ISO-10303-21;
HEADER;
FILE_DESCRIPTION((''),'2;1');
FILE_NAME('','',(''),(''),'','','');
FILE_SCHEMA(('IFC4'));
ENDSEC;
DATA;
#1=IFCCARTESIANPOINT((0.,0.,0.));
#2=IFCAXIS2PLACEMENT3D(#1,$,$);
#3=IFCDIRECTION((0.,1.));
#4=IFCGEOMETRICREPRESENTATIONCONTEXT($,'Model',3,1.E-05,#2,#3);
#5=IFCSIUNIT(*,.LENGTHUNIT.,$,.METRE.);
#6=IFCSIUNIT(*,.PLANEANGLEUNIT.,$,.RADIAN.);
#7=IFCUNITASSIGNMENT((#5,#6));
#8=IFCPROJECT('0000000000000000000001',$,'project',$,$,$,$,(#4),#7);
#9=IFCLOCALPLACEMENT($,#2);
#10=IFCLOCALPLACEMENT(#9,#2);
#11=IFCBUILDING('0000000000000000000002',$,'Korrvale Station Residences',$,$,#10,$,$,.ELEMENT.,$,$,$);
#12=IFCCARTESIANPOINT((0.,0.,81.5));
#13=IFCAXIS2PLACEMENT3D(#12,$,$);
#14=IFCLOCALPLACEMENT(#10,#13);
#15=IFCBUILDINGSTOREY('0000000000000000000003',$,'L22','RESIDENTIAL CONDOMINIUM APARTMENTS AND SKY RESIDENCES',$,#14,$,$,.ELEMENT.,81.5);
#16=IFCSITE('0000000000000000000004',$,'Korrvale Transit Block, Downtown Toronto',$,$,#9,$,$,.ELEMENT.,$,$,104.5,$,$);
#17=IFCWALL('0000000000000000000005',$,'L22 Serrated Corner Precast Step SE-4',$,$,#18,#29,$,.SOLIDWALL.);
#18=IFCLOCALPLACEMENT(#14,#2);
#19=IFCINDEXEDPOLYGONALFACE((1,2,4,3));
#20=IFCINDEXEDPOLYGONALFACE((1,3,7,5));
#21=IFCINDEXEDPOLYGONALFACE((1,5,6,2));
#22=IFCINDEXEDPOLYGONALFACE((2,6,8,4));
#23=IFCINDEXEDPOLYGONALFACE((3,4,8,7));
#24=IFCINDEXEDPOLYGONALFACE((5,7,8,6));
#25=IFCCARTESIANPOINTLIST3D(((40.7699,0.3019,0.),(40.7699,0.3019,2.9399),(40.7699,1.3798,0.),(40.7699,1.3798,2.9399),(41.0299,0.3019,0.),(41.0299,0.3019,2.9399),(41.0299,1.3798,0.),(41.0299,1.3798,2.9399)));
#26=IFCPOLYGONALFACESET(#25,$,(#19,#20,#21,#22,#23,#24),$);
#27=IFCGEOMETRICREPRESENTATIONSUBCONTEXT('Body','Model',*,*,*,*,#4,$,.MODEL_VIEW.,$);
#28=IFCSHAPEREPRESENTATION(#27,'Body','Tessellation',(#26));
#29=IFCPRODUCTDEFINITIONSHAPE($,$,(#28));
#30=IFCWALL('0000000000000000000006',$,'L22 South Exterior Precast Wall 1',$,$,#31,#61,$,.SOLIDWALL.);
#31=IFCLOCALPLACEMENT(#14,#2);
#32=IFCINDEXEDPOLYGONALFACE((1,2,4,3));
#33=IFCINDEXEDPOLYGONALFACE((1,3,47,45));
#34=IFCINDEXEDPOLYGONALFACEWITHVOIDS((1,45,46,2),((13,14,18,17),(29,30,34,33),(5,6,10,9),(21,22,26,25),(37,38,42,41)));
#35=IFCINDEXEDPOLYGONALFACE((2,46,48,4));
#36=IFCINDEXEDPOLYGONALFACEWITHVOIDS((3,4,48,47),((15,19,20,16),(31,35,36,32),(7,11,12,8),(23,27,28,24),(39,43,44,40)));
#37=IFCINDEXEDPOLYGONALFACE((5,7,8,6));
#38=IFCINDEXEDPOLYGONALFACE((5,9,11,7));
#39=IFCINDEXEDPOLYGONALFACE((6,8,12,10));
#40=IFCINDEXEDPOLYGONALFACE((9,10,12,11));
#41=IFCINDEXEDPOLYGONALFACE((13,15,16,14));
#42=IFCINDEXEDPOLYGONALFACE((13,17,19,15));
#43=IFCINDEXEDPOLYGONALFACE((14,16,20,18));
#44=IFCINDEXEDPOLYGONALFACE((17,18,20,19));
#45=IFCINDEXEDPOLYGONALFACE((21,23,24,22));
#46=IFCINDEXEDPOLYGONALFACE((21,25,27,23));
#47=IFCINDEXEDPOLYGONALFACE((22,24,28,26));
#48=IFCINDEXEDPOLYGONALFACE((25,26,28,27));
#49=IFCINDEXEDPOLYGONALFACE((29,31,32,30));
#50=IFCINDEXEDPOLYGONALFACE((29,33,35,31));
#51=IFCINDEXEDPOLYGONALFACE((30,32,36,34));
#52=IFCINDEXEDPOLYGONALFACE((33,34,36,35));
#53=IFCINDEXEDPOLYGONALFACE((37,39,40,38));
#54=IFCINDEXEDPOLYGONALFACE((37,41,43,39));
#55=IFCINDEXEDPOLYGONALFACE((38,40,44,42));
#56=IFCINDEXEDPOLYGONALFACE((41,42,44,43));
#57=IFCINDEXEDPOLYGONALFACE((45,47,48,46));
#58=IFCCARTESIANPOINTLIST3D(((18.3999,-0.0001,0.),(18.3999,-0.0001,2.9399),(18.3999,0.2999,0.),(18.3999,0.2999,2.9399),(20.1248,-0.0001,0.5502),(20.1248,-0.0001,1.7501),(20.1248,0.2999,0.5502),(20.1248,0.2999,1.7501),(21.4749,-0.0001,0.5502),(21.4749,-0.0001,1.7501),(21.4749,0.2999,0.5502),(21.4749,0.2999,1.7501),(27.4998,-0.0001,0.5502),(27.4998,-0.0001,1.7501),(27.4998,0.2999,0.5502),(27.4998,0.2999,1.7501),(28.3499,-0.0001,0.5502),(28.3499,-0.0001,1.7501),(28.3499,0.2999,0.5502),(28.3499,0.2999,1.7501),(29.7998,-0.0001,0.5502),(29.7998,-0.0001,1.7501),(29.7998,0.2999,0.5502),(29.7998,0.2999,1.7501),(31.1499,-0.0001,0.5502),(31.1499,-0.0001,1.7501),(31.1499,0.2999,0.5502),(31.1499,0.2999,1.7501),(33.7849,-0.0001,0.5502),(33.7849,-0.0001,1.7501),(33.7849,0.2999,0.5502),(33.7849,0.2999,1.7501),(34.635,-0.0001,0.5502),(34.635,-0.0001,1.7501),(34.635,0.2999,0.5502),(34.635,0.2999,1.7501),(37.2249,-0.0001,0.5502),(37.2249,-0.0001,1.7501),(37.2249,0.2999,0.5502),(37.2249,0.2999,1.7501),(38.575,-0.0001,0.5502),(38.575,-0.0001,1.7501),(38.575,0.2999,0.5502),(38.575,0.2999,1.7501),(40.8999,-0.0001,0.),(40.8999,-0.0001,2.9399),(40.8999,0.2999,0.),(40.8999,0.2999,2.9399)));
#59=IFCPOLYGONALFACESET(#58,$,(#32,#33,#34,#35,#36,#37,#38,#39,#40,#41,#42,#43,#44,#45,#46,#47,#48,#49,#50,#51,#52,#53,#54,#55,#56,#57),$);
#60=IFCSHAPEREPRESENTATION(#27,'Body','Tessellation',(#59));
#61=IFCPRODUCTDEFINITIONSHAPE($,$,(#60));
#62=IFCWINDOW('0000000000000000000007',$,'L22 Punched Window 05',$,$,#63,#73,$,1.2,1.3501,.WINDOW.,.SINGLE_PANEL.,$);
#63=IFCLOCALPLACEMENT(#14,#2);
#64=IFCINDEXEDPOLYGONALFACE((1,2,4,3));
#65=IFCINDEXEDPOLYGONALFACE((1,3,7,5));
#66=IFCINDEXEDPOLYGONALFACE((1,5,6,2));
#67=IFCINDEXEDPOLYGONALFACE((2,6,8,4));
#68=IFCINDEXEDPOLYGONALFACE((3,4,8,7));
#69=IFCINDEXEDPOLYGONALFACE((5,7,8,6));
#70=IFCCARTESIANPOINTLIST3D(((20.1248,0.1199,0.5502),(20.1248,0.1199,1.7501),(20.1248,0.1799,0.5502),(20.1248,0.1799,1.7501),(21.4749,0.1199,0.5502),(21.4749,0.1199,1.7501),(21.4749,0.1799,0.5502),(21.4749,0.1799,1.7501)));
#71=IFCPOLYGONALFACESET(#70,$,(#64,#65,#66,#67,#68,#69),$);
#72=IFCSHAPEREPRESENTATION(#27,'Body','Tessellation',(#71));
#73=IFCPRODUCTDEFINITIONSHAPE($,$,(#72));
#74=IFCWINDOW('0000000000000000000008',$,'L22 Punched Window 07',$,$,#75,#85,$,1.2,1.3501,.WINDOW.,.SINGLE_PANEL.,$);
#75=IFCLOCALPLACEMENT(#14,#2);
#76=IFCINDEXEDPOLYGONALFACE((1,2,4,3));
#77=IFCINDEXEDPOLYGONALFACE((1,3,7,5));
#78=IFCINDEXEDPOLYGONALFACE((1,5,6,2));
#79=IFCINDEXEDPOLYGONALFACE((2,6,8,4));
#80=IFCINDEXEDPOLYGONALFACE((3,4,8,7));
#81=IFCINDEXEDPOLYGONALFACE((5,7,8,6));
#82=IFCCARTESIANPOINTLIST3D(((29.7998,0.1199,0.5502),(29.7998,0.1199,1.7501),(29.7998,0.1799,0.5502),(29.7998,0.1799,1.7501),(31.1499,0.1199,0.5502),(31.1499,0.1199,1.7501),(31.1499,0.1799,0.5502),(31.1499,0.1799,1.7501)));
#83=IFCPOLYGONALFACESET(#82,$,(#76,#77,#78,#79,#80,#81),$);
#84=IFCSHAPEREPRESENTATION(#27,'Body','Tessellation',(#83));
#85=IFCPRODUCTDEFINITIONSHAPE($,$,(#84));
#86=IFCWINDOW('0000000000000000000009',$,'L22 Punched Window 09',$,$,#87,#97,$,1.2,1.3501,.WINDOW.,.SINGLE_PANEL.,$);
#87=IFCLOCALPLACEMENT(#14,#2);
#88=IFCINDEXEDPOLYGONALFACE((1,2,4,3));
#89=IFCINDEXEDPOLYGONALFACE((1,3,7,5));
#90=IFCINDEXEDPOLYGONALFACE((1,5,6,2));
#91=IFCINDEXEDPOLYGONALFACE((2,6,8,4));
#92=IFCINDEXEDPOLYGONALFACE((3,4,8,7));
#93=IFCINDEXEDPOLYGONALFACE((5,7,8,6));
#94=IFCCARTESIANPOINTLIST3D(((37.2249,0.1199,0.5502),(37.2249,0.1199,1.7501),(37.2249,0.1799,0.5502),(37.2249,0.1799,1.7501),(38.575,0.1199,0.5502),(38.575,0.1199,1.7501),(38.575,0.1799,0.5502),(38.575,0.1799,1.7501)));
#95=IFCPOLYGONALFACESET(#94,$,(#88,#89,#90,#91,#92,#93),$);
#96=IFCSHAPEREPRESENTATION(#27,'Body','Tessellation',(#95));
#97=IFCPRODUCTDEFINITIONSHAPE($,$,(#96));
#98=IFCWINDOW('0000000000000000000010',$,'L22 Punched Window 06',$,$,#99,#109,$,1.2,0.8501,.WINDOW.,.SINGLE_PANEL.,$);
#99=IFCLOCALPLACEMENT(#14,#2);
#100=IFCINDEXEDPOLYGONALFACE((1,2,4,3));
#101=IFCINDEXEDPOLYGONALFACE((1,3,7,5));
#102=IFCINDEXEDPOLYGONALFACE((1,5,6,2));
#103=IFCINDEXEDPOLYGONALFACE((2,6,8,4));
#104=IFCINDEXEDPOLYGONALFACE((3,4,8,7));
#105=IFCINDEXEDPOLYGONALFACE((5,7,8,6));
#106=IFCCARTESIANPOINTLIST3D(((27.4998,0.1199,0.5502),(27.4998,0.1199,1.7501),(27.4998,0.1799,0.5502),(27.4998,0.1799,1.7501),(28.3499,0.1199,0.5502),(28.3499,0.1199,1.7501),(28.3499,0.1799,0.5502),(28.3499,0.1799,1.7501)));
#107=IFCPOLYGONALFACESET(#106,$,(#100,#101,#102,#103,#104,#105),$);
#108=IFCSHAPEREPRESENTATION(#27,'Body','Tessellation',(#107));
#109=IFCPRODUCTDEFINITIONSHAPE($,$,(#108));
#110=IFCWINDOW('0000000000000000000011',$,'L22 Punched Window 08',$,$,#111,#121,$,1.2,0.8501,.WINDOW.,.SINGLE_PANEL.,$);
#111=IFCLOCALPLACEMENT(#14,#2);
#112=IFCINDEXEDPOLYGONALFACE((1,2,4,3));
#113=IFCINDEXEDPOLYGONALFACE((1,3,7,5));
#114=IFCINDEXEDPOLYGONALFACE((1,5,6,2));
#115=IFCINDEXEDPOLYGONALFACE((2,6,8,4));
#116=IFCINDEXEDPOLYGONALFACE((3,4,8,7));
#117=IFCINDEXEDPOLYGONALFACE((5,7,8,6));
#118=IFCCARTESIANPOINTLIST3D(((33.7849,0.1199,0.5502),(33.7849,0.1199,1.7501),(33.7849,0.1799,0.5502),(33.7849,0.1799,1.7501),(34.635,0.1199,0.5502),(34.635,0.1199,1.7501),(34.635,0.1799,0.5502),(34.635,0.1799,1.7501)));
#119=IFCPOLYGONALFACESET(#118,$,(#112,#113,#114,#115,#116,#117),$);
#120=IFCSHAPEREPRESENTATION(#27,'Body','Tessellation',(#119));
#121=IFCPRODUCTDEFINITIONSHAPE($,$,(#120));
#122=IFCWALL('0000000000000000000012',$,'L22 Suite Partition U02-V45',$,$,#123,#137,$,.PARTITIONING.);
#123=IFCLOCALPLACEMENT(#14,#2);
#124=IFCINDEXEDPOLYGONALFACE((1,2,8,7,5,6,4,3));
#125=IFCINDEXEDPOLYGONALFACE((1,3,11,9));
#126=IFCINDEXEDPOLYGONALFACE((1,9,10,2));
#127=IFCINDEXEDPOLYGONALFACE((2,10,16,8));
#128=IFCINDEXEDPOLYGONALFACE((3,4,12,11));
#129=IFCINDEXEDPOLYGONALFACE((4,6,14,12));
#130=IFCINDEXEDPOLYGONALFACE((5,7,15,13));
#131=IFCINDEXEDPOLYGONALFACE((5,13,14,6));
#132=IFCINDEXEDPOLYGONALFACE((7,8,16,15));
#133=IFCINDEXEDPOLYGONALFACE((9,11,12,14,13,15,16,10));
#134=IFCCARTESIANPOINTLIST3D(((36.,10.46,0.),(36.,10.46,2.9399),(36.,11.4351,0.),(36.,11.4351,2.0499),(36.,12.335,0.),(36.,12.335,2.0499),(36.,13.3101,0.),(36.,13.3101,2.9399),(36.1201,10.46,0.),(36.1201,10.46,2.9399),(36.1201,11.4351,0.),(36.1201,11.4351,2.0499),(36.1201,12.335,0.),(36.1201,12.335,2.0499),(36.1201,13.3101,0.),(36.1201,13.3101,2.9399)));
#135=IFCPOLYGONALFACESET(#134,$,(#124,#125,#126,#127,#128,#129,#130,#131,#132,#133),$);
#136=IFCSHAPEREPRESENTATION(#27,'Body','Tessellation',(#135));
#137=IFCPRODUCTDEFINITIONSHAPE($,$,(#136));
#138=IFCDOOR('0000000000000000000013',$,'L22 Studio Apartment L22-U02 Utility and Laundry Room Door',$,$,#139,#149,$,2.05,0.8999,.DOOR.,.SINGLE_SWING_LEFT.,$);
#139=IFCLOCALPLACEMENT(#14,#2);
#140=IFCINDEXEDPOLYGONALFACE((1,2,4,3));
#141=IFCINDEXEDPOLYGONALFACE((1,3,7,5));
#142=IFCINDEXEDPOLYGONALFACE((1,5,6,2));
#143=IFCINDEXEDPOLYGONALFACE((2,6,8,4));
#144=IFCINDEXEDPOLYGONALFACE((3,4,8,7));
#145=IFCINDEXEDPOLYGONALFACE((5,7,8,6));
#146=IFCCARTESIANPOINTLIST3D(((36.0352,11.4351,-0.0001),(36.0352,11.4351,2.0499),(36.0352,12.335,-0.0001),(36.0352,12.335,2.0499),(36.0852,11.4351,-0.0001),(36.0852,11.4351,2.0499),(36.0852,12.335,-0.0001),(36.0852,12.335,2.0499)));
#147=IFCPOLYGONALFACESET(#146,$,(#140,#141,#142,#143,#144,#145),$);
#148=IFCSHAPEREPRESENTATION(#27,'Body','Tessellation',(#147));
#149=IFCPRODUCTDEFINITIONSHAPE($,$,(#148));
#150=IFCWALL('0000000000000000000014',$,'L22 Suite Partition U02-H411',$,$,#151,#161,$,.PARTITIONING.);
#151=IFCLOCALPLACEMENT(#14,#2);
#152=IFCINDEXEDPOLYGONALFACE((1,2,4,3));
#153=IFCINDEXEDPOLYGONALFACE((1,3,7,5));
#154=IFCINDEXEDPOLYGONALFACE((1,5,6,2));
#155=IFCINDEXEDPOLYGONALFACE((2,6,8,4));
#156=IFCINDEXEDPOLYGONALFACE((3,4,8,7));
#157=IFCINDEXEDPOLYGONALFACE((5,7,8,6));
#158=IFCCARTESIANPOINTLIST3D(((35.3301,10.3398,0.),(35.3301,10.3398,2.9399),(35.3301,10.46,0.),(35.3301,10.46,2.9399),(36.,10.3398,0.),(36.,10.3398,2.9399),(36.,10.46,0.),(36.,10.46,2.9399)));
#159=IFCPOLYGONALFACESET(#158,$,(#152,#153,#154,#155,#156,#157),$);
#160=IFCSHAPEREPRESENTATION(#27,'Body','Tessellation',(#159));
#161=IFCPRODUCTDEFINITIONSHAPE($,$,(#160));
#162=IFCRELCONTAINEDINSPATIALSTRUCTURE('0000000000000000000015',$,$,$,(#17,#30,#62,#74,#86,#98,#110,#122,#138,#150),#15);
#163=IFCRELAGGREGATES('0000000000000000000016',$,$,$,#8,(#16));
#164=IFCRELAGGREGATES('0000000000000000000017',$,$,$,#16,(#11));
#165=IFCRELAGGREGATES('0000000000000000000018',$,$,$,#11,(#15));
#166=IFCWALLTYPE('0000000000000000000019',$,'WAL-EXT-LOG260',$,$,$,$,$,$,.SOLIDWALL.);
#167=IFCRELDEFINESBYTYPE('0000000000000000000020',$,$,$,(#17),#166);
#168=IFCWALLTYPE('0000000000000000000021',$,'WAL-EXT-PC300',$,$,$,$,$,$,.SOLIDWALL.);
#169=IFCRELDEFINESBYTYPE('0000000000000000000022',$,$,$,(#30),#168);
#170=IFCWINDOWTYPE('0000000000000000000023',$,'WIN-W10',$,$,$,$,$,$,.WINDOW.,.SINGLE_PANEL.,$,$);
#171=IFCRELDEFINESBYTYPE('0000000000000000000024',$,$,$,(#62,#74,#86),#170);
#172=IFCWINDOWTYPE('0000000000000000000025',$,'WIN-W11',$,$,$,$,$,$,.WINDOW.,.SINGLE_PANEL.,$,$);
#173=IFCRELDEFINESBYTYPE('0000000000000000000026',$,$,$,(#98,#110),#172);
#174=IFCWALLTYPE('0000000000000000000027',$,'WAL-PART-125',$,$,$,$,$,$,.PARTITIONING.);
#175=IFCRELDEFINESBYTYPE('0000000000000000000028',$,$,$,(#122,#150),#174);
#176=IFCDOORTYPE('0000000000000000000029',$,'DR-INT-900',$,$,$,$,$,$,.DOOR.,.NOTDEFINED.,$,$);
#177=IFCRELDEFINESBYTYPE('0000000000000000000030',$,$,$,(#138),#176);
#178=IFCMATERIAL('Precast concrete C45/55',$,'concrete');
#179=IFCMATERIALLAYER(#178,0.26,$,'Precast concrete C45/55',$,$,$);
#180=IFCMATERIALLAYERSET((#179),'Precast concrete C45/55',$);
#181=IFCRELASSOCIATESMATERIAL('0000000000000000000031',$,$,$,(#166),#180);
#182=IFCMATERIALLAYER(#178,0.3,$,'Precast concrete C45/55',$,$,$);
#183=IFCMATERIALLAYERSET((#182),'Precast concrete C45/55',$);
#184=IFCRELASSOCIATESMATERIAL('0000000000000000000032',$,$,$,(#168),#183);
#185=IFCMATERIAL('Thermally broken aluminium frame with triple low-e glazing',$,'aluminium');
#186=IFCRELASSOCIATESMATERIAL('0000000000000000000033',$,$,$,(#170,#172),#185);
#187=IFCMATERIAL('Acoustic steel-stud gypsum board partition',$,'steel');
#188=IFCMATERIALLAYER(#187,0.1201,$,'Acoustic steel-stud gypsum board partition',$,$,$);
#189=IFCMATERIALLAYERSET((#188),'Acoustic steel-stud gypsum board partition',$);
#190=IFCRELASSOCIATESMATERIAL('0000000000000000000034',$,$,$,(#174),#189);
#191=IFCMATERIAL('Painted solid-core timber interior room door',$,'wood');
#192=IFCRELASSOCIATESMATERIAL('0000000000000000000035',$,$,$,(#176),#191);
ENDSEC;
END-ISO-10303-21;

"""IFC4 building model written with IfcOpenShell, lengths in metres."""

from ifc_helpers import new_model, si_unit, direction, frame, frame_2d, origin, place, context, subcontext, project, spatial, rectangle, extrude, material, layer, layer_set, type_object, element, fill, save


model = new_model("IFC4")

# Units and contexts
model_context = context("Model", 3, precision=1e-05, world=origin(), true_north=direction((0.0, 1.0)))
body_context = subcontext(model_context, "Body", "Model", "MODEL_VIEW")
ifc_project = project(units=[si_unit("LENGTHUNIT", "METRE"), si_unit("PLANEANGLEUNIT", "RADIAN")], contexts=[model_context])

# Site, building, storey
site_placement = place(None, origin())
site = spatial("IfcSite", under=ifc_project, at=site_placement, Name="Korrvale Transit Block, Downtown Toronto", CompositionType="ELEMENT", RefElevation=104.5)
building_placement = place(site_placement, origin())
building = spatial("IfcBuilding", under=site, at=building_placement, Name="Korrvale Station Residences", CompositionType="ELEMENT")
storey_placement = place(building_placement, frame((0.0, 0.0, 81.5)))
storey = spatial("IfcBuildingStorey", under=building, at=storey_placement, Name="L22", Description="RESIDENTIAL CONDOMINIUM APARTMENTS AND SKY RESIDENCES", CompositionType="ELEMENT", Elevation=81.5)

# Wall
ifc_material_1 = material(Name="Precast concrete C45/55", Category="concrete")
ifc_layer_1 = layer(ifc_material_1, 0.26, Name="Precast concrete C45/55")
ifc_layer_set_1 = layer_set([ifc_layer_1], Name="Precast concrete C45/55")
wall_type_1 = type_object("IfcWallType", Name="WAL-EXT-LOG260", PredefinedType="SOLIDWALL", material=ifc_layer_set_1)
wall_1_placement = place(storey_placement, frame((40.8999, 1.3799, 0.0), z_axis=(0.0, 0.0, 1.0), x_axis=(0.0, -1.0, 0.0)))
element("IfcWall", 1, at=wall_1_placement, inside=storey, type_object=wall_type_1, Name="L22 Serrated Corner Precast Step SE-4", PredefinedType="SOLIDWALL", context=body_context, shape_type="SweptSolid", body=[
    extrude(rectangle(XDim=1.0779, YDim=0.26, at=frame_2d((0.5391, 0.0))), origin(), (0.0, 0.0, 1.0), 2.9399),
])

# Wall, openings, windows
ifc_layer_2 = layer(ifc_material_1, 0.3, Name="Precast concrete C45/55")
ifc_layer_set_2 = layer_set([ifc_layer_2], Name="Precast concrete C45/55")
wall_type_2 = type_object("IfcWallType", Name="WAL-EXT-PC300", PredefinedType="SOLIDWALL", material=ifc_layer_set_2)
wall_2_placement = place(storey_placement, frame((40.8999, 0.1499, 0.0), z_axis=(0.0, 0.0, 1.0), x_axis=(-1.0, 0.0, 0.0)))
wall_2 = element("IfcWall", 2, at=wall_2_placement, inside=storey, type_object=wall_type_2, Name="L22 South Exterior Precast Wall 1", PredefinedType="SOLIDWALL", context=body_context, shape_type="SweptSolid", body=[
    extrude(rectangle(XDim=22.5, YDim=0.3, at=frame_2d((11.25, 0.0))), origin(), (0.0, 0.0, 1.0), 2.9399),
])
opening_1_placement = place(wall_2_placement, frame((19.425, 0.0, 0.55)))
opening_1 = element("IfcOpeningElement", 3, at=opening_1_placement, cuts=wall_2, PredefinedType="OPENING", context=body_context, shape_type="SweptSolid", body=[
    extrude(rectangle(XDim=1.3501, YDim=1.2, at=frame_2d((0.675, 0.6001))), frame((0.0, 0.1602, 0.0), z_axis=(0.0, -1.0, 0.0), x_axis=(1.0, 0.0, 0.0)), (0.0, 0.0, 1.0), 0.3201),
])
opening_2_placement = place(wall_2_placement, frame((12.55, 0.0, 0.55)))
opening_2 = element("IfcOpeningElement", 4, at=opening_2_placement, cuts=wall_2, PredefinedType="OPENING", context=body_context, shape_type="SweptSolid", body=[
    extrude(rectangle(XDim=0.8501, YDim=1.2, at=frame_2d((0.425, 0.6001))), frame((0.0, 0.1602, 0.0), z_axis=(0.0, -1.0, 0.0), x_axis=(1.0, 0.0, 0.0)), (0.0, 0.0, 1.0), 0.3201),
])
opening_3_placement = place(wall_2_placement, frame((9.75, 0.0, 0.55)))
opening_3 = element("IfcOpeningElement", 5, at=opening_3_placement, cuts=wall_2, PredefinedType="OPENING", context=body_context, shape_type="SweptSolid", body=[
    extrude(rectangle(XDim=1.3501, YDim=1.2, at=frame_2d((0.675, 0.6001))), frame((0.0, 0.1602, 0.0), z_axis=(0.0, -1.0, 0.0), x_axis=(1.0, 0.0, 0.0)), (0.0, 0.0, 1.0), 0.3201),
])
opening_4_placement = place(wall_2_placement, frame((6.2649, 0.0, 0.55)))
opening_4 = element("IfcOpeningElement", 6, at=opening_4_placement, cuts=wall_2, PredefinedType="OPENING", context=body_context, shape_type="SweptSolid", body=[
    extrude(rectangle(XDim=0.8501, YDim=1.2, at=frame_2d((0.425, 0.6001))), frame((0.0, 0.1602, 0.0), z_axis=(0.0, -1.0, 0.0), x_axis=(1.0, 0.0, 0.0)), (0.0, 0.0, 1.0), 0.3201),
])
opening_5_placement = place(wall_2_placement, frame((2.325, 0.0, 0.55)))
opening_5 = element("IfcOpeningElement", 7, at=opening_5_placement, cuts=wall_2, PredefinedType="OPENING", context=body_context, shape_type="SweptSolid", body=[
    extrude(rectangle(XDim=1.3501, YDim=1.2, at=frame_2d((0.675, 0.6001))), frame((0.0, 0.1602, 0.0), z_axis=(0.0, -1.0, 0.0), x_axis=(1.0, 0.0, 0.0)), (0.0, 0.0, 1.0), 0.3201),
])
ifc_material_2 = material(Name="Thermally broken aluminium frame with triple low-e glazing", Category="aluminium")
window_type_1 = type_object("IfcWindowType", Name="WIN-W10", PartitioningType="SINGLE_PANEL", PredefinedType="WINDOW", material=ifc_material_2)
window_1_placement = place(opening_1_placement, origin())
window_1 = element("IfcWindow", 8, at=window_1_placement, inside=storey, type_object=window_type_1, Name="L22 Punched Window 05", OverallHeight=1.2, OverallWidth=1.3501, PartitioningType="SINGLE_PANEL", PredefinedType="WINDOW", context=body_context, shape_type="SweptSolid", body=[
    extrude(rectangle(XDim=1.3501, YDim=1.2, at=frame_2d((0.675, 0.6001))), frame((0.0, 0.03, 0.0), z_axis=(0.0, -1.0, 0.0), x_axis=(1.0, 0.0, 0.0)), (0.0, 0.0, 1.0), 0.0601),
])
fill(opening_1, window_1)
window_2_placement = place(opening_3_placement, origin())
window_2 = element("IfcWindow", 9, at=window_2_placement, inside=storey, type_object=window_type_1, Name="L22 Punched Window 07", OverallHeight=1.2, OverallWidth=1.3501, PartitioningType="SINGLE_PANEL", PredefinedType="WINDOW", context=body_context, shape_type="SweptSolid", body=[
    extrude(rectangle(XDim=1.3501, YDim=1.2, at=frame_2d((0.675, 0.6001))), frame((0.0, 0.03, 0.0), z_axis=(0.0, -1.0, 0.0), x_axis=(1.0, 0.0, 0.0)), (0.0, 0.0, 1.0), 0.0601),
])
fill(opening_3, window_2)
window_3_placement = place(opening_5_placement, origin())
window_3 = element("IfcWindow", 10, at=window_3_placement, inside=storey, type_object=window_type_1, Name="L22 Punched Window 09", OverallHeight=1.2, OverallWidth=1.3501, PartitioningType="SINGLE_PANEL", PredefinedType="WINDOW", context=body_context, shape_type="SweptSolid", body=[
    extrude(rectangle(XDim=1.3501, YDim=1.2, at=frame_2d((0.675, 0.6001))), frame((0.0, 0.03, 0.0), z_axis=(0.0, -1.0, 0.0), x_axis=(1.0, 0.0, 0.0)), (0.0, 0.0, 1.0), 0.0601),
])
fill(opening_5, window_3)
window_type_2 = type_object("IfcWindowType", Name="WIN-W11", PartitioningType="SINGLE_PANEL", PredefinedType="WINDOW", material=ifc_material_2)
window_4_placement = place(opening_2_placement, origin())
window_4 = element("IfcWindow", 11, at=window_4_placement, inside=storey, type_object=window_type_2, Name="L22 Punched Window 06", OverallHeight=1.2, OverallWidth=0.8501, PartitioningType="SINGLE_PANEL", PredefinedType="WINDOW", context=body_context, shape_type="SweptSolid", body=[
    extrude(rectangle(XDim=0.8501, YDim=1.2, at=frame_2d((0.425, 0.6001))), frame((0.0, 0.03, 0.0), z_axis=(0.0, -1.0, 0.0), x_axis=(1.0, 0.0, 0.0)), (0.0, 0.0, 1.0), 0.0601),
])
fill(opening_2, window_4)
window_5_placement = place(opening_4_placement, origin())
window_5 = element("IfcWindow", 12, at=window_5_placement, inside=storey, type_object=window_type_2, Name="L22 Punched Window 08", OverallHeight=1.2, OverallWidth=0.8501, PartitioningType="SINGLE_PANEL", PredefinedType="WINDOW", context=body_context, shape_type="SweptSolid", body=[
    extrude(rectangle(XDim=0.8501, YDim=1.2, at=frame_2d((0.425, 0.6001))), frame((0.0, 0.03, 0.0), z_axis=(0.0, -1.0, 0.0), x_axis=(1.0, 0.0, 0.0)), (0.0, 0.0, 1.0), 0.0601),
])
fill(opening_4, window_5)

# Wall, opening, door
ifc_material_3 = material(Name="Acoustic steel-stud gypsum board partition", Category="steel")
ifc_layer_3 = layer(ifc_material_3, 0.1201, Name="Acoustic steel-stud gypsum board partition")
ifc_layer_set_3 = layer_set([ifc_layer_3], Name="Acoustic steel-stud gypsum board partition")
wall_type_3 = type_object("IfcWallType", Name="WAL-PART-125", PredefinedType="PARTITIONING", material=ifc_layer_set_3)
wall_3_placement = place(storey_placement, frame((36.0601, 10.46, 0.0), z_axis=(0.0, 0.0, 1.0), x_axis=(0.0, 1.0, 0.0)))
wall_3 = element("IfcWall", 13, at=wall_3_placement, inside=storey, type_object=wall_type_3, Name="L22 Suite Partition U02-V45", PredefinedType="PARTITIONING", context=body_context, shape_type="SweptSolid", body=[
    extrude(rectangle(XDim=2.8501, YDim=0.1201, at=frame_2d((1.425, 0.0))), origin(), (0.0, 0.0, 1.0), 2.9399),
])
opening_6_placement = place(wall_3_placement, frame((0.9751, 0.0, 0.0)))
opening_6 = element("IfcOpeningElement", 14, at=opening_6_placement, cuts=wall_3, PredefinedType="OPENING", context=body_context, shape_type="SweptSolid", body=[
    extrude(rectangle(XDim=0.8999, YDim=2.05, at=frame_2d((0.45, 1.0249))), frame((0.0, 0.0701, 0.0), z_axis=(0.0, -1.0, 0.0), x_axis=(1.0, 0.0, 0.0)), (0.0, 0.0, 1.0), 0.1401),
])
ifc_material_4 = material(Name="Painted solid-core timber interior room door", Category="wood")
door_type = type_object("IfcDoorType", Name="DR-INT-900", OperationType="NOTDEFINED", PredefinedType="DOOR", material=ifc_material_4)
door_1_placement = place(opening_6_placement, origin())
door_1 = element("IfcDoor", 15, at=door_1_placement, inside=storey, type_object=door_type, Name="L22 Studio Apartment L22-U02 Utility and Laundry Room Door", OperationType="SINGLE_SWING_LEFT", OverallHeight=2.05, OverallWidth=0.8999, PredefinedType="DOOR", context=body_context, shape_type="SweptSolid", body=[
    extrude(rectangle(XDim=0.8999, YDim=2.05, at=frame_2d((0.45, 1.0249))), frame((0.0, 0.0249, 0.0), z_axis=(0.0, -1.0, 0.0), x_axis=(1.0, 0.0, 0.0)), (0.0, 0.0, 1.0), 0.05),
])
fill(opening_6, door_1)

# Wall
wall_4_placement = place(storey_placement, frame((35.3301, 10.3999, 0.0), z_axis=(0.0, 0.0, 1.0), x_axis=(1.0, 0.0, 0.0)))
element("IfcWall", 16, at=wall_4_placement, inside=storey, type_object=wall_type_3, Name="L22 Suite Partition U02-H411", PredefinedType="PARTITIONING", context=body_context, shape_type="SweptSolid", body=[
    extrude(rectangle(XDim=0.6699, YDim=0.1201, at=frame_2d((0.335, 0.0))), origin(), (0.0, 0.0, 1.0), 2.9399),
])

save(model, "model.ifc")
